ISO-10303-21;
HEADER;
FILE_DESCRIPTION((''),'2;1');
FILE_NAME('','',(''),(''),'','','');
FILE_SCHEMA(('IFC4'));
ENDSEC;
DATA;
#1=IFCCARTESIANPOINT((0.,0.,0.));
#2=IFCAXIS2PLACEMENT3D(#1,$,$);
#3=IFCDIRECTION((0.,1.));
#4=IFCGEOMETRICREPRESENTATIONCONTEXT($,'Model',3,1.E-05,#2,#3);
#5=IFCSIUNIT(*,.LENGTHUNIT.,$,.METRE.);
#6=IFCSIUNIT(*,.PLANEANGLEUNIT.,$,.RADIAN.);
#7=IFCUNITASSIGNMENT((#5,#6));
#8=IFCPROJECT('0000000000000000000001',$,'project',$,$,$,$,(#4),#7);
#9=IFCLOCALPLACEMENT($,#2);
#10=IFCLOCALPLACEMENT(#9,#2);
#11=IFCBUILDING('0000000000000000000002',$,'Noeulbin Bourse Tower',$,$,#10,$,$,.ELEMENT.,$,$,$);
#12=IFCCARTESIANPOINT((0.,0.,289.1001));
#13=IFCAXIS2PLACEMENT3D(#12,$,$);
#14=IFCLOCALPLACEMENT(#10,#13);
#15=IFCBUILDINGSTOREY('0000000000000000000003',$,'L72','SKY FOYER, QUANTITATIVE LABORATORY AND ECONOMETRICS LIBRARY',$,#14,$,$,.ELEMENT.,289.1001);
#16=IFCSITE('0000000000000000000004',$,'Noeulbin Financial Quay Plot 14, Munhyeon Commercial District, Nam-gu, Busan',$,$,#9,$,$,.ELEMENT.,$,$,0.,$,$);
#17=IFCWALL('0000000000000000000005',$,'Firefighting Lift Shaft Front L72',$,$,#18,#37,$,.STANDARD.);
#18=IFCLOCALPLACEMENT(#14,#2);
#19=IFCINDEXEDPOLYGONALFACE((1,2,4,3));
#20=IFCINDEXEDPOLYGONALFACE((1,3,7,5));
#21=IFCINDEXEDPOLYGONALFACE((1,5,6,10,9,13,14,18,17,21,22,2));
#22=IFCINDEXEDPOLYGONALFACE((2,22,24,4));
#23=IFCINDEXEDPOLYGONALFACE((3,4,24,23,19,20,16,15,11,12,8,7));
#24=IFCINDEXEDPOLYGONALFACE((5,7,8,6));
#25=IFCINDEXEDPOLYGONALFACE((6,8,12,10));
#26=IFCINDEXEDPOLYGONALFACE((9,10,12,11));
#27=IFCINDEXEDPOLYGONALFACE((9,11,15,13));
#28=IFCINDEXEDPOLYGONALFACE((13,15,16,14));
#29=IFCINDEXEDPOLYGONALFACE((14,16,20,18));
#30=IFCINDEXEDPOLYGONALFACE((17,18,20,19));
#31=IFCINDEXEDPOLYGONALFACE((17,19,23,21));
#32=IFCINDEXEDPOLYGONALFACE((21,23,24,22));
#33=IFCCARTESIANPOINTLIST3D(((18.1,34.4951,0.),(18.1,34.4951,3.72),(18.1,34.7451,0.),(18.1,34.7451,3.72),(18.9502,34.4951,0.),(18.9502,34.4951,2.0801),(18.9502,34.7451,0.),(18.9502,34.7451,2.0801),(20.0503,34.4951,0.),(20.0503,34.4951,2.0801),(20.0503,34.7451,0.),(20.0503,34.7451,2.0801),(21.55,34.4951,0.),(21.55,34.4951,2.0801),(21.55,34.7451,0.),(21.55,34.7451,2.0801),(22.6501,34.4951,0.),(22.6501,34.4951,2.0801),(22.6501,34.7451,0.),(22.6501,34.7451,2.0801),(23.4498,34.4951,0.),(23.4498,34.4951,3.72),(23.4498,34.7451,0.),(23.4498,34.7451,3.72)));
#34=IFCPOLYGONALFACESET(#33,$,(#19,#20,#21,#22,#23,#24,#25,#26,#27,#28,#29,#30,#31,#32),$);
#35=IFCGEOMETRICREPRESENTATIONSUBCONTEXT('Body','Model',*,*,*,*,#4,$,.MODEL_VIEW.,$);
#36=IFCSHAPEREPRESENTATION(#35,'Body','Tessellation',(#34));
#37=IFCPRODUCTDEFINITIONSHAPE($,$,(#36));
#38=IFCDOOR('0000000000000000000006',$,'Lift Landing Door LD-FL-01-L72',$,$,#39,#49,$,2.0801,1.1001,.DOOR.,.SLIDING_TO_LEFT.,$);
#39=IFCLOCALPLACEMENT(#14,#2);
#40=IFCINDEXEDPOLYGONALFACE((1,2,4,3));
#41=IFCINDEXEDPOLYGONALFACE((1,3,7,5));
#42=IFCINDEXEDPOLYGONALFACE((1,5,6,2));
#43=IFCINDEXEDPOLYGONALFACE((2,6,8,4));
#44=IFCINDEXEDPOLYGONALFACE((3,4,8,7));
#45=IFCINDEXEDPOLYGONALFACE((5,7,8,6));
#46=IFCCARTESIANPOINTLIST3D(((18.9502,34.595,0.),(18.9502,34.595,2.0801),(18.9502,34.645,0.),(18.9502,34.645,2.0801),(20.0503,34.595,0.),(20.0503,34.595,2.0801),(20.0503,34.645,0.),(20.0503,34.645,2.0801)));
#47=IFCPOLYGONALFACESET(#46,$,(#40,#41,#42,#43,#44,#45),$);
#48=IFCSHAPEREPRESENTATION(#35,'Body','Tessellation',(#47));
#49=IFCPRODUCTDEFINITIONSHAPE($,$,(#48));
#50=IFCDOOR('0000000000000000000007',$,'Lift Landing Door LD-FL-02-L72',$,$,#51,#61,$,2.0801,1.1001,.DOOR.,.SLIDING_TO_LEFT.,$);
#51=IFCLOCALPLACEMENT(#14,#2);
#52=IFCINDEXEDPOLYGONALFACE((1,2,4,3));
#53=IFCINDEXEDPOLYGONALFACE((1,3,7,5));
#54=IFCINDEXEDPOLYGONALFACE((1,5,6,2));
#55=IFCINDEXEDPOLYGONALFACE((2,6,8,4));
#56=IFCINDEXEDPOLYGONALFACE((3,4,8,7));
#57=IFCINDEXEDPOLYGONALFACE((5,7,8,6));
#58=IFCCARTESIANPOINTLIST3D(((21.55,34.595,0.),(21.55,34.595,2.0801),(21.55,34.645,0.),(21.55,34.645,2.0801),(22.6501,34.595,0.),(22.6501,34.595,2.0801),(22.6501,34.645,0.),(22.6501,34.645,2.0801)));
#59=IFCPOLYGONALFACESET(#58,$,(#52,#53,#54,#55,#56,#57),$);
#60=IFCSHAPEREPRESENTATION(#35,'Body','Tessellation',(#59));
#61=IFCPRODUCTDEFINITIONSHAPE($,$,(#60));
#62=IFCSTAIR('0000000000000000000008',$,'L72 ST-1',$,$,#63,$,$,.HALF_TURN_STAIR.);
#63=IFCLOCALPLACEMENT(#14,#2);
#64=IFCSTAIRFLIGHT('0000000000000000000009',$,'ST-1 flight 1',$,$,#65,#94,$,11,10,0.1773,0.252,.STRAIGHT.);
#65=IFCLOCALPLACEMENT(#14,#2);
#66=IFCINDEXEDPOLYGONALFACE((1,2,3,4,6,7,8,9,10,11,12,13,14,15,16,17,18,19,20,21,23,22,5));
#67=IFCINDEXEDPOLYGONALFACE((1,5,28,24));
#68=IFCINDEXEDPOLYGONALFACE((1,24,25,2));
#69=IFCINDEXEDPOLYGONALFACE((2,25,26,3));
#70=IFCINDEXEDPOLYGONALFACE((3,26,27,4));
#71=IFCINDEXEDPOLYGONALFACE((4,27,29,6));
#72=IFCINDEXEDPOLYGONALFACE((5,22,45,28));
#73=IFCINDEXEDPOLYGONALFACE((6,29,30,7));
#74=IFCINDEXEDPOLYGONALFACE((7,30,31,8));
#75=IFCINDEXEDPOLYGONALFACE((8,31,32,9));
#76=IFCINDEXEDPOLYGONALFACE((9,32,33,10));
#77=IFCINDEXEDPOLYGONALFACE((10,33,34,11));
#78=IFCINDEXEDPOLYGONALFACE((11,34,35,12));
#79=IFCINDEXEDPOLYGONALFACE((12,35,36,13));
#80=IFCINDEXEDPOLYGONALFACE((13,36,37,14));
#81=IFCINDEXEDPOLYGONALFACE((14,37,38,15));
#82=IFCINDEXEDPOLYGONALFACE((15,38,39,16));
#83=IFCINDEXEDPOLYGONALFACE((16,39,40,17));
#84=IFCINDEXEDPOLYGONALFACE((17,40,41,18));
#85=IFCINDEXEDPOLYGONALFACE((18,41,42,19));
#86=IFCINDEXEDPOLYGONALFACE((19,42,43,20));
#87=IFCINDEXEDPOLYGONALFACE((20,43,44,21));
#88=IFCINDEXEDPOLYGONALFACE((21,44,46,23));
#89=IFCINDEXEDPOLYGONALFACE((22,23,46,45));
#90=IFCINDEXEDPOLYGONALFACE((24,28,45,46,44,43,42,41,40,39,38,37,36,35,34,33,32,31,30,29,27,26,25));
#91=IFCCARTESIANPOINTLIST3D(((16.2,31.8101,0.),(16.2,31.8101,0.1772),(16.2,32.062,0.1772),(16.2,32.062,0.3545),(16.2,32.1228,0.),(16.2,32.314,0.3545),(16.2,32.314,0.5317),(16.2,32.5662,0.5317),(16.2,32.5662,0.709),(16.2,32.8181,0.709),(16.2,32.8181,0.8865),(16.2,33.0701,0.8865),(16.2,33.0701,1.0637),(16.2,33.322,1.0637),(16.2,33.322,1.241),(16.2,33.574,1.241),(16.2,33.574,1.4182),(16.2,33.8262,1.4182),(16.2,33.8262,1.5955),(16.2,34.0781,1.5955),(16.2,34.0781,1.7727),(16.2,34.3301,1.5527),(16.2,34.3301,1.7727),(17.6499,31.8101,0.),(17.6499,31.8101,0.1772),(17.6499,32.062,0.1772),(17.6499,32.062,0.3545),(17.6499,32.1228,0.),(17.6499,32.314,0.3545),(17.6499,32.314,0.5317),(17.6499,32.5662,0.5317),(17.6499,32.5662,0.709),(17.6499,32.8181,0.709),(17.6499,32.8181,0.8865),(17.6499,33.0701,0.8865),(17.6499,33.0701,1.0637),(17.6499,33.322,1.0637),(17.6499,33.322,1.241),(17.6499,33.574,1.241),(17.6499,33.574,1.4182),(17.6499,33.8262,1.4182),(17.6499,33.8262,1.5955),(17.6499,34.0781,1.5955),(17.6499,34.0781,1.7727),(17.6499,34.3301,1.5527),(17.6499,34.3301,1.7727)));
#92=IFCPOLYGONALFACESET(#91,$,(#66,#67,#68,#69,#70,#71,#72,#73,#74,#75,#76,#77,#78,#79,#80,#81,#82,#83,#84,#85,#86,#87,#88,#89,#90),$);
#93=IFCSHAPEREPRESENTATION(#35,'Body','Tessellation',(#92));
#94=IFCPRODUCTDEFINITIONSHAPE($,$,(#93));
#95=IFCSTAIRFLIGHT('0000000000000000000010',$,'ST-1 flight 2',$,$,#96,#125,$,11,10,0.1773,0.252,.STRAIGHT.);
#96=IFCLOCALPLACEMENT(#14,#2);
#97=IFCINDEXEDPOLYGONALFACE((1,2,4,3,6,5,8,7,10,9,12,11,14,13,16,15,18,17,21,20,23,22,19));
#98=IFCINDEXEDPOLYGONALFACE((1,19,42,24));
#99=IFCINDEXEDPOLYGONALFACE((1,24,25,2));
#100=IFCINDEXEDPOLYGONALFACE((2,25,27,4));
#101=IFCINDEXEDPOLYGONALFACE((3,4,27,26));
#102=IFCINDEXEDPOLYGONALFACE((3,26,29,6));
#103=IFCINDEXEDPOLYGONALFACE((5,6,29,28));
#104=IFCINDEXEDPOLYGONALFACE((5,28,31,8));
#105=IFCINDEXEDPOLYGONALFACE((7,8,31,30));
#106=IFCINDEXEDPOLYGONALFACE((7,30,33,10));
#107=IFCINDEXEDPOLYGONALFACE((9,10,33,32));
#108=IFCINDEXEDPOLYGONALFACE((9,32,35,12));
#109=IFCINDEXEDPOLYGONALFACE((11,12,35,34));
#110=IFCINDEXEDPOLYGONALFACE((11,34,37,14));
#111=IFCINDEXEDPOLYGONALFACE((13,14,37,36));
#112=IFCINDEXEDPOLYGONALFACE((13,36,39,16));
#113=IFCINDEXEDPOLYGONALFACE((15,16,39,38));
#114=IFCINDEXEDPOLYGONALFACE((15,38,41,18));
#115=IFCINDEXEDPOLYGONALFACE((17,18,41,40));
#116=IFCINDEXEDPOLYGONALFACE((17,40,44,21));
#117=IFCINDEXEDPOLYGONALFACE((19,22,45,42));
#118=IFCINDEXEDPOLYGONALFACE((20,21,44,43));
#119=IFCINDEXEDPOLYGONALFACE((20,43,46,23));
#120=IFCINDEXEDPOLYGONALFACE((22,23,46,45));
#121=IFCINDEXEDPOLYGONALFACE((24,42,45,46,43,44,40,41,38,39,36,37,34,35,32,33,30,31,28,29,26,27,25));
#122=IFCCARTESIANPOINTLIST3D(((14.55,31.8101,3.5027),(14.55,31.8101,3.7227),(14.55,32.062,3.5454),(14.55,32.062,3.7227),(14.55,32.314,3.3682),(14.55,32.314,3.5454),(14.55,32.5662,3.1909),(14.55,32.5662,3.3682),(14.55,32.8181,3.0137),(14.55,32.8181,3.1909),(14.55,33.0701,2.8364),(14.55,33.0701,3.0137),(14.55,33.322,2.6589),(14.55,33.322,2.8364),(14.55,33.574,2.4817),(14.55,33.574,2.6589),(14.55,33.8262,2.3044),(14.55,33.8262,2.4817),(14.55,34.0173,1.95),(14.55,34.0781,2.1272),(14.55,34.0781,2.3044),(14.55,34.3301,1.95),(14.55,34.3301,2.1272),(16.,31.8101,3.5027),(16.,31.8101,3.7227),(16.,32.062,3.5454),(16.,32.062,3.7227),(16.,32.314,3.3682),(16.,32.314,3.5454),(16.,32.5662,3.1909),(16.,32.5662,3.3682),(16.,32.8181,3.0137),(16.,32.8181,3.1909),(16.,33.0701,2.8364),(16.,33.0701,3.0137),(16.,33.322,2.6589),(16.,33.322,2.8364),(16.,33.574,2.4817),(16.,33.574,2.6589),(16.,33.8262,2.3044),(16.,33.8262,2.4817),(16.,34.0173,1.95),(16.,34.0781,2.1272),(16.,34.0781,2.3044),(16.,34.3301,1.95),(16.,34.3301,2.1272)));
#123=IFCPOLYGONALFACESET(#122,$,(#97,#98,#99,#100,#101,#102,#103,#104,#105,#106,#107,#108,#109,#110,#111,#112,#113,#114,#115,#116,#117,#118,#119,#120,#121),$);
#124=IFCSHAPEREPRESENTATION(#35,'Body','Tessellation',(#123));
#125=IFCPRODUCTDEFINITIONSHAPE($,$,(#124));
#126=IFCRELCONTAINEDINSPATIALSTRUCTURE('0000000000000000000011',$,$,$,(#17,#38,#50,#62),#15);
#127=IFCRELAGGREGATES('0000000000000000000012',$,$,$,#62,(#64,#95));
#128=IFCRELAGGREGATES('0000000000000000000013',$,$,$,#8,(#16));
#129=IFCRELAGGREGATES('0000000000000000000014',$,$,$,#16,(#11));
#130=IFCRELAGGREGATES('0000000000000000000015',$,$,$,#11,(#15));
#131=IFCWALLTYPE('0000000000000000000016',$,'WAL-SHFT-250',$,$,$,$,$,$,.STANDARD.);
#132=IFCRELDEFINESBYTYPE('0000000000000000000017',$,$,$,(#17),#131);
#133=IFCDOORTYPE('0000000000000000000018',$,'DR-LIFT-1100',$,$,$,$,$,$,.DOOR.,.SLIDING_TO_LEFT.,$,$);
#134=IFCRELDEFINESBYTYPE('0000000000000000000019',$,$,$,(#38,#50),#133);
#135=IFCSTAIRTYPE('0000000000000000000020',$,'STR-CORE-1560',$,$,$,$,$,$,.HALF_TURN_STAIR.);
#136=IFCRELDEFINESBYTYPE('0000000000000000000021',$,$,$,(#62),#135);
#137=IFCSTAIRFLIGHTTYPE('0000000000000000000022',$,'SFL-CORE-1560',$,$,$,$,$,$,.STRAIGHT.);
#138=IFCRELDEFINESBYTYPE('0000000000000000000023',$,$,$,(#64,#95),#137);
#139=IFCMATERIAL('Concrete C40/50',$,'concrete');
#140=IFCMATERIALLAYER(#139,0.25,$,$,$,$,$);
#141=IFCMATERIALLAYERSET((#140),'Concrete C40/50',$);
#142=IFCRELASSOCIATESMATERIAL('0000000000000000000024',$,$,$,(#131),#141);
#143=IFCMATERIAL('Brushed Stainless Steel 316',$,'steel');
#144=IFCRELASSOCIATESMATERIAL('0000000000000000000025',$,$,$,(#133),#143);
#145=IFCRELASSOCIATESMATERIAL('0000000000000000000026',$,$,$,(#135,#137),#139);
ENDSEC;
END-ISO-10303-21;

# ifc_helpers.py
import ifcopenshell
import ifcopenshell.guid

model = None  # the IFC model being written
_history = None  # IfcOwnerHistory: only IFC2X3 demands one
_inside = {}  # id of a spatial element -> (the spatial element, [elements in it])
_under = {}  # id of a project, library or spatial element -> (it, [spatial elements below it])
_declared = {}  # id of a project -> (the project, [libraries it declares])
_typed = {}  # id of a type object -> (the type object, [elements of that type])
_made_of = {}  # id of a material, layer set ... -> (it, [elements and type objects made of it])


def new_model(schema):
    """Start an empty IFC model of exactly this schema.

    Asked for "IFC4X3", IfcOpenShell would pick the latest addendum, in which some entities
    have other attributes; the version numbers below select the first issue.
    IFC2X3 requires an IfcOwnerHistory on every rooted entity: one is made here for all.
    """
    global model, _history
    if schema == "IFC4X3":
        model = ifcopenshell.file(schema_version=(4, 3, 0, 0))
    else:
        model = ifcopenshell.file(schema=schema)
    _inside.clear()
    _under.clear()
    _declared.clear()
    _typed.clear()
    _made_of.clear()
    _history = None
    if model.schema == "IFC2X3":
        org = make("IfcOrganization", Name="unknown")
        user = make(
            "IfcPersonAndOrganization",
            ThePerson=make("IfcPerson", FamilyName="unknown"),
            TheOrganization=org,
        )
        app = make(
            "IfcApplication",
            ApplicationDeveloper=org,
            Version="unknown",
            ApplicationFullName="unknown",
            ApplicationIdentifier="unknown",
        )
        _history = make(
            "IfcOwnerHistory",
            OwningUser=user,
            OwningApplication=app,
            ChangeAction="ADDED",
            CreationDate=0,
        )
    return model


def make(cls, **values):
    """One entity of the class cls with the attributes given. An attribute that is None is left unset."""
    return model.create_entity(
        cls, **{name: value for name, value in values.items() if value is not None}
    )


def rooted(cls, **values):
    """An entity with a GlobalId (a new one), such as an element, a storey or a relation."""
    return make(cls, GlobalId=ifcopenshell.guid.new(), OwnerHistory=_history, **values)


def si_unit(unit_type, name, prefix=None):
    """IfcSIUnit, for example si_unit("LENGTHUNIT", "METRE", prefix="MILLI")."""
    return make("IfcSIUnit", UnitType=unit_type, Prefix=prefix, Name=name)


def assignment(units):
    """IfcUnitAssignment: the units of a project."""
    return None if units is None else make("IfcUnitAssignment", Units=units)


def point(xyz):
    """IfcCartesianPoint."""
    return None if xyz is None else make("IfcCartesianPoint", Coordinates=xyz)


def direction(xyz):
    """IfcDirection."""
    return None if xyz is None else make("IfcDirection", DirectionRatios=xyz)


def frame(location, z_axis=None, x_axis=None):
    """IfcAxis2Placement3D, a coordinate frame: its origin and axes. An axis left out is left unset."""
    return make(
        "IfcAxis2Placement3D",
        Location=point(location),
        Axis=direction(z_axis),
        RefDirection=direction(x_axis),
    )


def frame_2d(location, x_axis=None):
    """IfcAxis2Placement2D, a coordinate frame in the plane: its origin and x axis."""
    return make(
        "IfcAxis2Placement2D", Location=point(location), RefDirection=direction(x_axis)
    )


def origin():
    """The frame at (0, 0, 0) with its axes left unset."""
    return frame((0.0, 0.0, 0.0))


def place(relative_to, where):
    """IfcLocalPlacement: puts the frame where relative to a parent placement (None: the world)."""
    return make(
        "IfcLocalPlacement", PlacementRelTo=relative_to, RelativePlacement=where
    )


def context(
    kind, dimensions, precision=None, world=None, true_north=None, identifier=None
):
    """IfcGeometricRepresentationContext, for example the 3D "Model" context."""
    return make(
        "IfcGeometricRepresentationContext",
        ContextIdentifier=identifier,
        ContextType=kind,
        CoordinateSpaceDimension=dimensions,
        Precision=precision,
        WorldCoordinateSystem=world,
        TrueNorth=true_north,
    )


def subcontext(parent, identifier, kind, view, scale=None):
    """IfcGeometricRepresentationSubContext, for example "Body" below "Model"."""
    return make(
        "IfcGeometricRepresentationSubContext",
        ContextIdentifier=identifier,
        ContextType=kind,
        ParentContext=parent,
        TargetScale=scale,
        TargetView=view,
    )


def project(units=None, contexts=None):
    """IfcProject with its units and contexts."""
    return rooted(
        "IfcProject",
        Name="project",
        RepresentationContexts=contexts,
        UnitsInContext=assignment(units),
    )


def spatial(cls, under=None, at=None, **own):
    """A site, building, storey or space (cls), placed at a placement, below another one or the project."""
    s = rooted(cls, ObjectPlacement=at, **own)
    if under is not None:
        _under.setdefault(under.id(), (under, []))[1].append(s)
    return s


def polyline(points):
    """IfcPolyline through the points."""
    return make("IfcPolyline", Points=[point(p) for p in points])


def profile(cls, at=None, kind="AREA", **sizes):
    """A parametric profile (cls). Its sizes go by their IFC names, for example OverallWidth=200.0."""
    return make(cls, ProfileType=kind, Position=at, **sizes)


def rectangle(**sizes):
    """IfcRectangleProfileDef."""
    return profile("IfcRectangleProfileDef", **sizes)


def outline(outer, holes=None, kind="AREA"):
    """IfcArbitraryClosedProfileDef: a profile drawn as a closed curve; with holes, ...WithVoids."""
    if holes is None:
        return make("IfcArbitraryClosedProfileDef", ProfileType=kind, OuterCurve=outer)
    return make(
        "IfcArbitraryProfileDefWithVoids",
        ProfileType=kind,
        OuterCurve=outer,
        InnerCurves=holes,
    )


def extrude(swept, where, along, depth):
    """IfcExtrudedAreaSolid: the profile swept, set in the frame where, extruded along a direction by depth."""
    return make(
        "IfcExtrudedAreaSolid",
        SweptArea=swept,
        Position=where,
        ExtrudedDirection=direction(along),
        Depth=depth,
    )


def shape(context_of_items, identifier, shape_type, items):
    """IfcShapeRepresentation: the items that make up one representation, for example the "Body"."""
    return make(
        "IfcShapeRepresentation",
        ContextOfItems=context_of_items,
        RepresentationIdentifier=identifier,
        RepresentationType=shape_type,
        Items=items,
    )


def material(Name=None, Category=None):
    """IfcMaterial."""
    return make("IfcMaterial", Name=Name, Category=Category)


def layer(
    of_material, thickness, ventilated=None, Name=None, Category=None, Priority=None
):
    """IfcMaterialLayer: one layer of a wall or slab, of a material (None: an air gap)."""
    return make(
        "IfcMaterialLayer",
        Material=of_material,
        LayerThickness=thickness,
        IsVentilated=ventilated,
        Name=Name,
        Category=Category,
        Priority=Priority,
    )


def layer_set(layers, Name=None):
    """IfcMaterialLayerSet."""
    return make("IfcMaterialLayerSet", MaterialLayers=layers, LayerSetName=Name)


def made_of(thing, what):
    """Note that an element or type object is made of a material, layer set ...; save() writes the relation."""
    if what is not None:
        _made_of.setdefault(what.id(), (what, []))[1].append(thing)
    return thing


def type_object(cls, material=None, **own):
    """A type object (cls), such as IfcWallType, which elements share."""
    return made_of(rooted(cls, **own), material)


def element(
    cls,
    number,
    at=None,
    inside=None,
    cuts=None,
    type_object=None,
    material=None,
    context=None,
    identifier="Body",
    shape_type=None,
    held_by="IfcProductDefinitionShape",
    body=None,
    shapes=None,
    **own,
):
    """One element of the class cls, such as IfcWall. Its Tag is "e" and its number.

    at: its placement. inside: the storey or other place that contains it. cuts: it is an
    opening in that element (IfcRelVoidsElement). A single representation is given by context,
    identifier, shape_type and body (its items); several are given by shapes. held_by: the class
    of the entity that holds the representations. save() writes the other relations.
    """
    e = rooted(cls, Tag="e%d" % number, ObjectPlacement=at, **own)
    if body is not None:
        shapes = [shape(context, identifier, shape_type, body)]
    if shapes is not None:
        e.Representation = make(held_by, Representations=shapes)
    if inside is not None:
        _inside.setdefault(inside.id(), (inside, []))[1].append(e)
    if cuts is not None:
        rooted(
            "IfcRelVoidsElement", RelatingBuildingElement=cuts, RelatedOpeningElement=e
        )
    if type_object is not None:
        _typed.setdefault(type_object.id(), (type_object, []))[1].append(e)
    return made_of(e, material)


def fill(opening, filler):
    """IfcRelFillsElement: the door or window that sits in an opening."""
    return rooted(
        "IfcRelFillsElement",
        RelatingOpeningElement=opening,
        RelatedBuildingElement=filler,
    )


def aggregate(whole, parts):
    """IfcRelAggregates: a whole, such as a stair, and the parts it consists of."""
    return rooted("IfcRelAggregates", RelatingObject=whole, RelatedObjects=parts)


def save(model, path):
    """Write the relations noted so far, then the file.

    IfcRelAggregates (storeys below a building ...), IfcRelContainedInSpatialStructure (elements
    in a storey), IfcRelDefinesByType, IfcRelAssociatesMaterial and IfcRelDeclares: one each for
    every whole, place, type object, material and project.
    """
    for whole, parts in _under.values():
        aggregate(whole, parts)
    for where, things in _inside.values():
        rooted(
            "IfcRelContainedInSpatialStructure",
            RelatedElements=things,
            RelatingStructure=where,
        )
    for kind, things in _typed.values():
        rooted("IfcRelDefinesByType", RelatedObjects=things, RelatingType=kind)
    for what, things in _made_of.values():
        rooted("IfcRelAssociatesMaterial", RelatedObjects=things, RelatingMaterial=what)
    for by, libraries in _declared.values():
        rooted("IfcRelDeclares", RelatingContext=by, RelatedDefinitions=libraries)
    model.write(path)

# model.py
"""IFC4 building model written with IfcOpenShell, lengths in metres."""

from ifc_helpers import new_model, si_unit, direction, frame, frame_2d, origin, place, context, subcontext, project, spatial, polyline, rectangle, outline, extrude, material, layer, layer_set, type_object, element, fill, aggregate, save


model = new_model("IFC4")

# Units and contexts
model_context = context("Model", 3, precision=1e-05, world=origin(), true_north=direction((0.0, 1.0)))
body_context = subcontext(model_context, "Body", "Model", "MODEL_VIEW")
ifc_project = project(units=[si_unit("LENGTHUNIT", "METRE"), si_unit("PLANEANGLEUNIT", "RADIAN")], contexts=[model_context])

# Site, building, storey
site_placement = place(None, origin())
site = spatial("IfcSite", under=ifc_project, at=site_placement, Name="Noeulbin Financial Quay Plot 14, Munhyeon Commercial District, Nam-gu, Busan", CompositionType="ELEMENT", RefElevation=0.0)
building_placement = place(site_placement, origin())
building = spatial("IfcBuilding", under=site, at=building_placement, Name="Noeulbin Bourse Tower", CompositionType="ELEMENT")
storey_placement = place(building_placement, frame((0.0, 0.0, 289.1001)))
storey = spatial("IfcBuildingStorey", under=building, at=storey_placement, Name="L72", Description="SKY FOYER, QUANTITATIVE LABORATORY AND ECONOMETRICS LIBRARY", CompositionType="ELEMENT", Elevation=289.1001)

# Shared definitions
ifc_material_1 = material(Name="Concrete C40/50", Category="concrete")

# Shared definitions
ifc_layer_1 = layer(ifc_material_1, 0.25)
ifc_layer_set_1 = layer_set([ifc_layer_1], Name="Concrete C40/50")
wall_type_1 = type_object("IfcWallType", Name="WAL-SHFT-250", PredefinedType="STANDARD", material=ifc_layer_set_1)

# Wall, openings, doors
wall_1_placement = place(storey_placement, frame((18.1001, 34.6201, 0.0), z_axis=(0.0, 0.0, 1.0), x_axis=(1.0, 0.0, 0.0)))
wall_1 = element("IfcWall", 1, at=wall_1_placement, inside=storey, type_object=wall_type_1, Name="Firefighting Lift Shaft Front L72", PredefinedType="STANDARD", context=body_context, shape_type="SweptSolid", body=[
    extrude(rectangle(XDim=5.3499, YDim=0.25, at=frame_2d((2.6748, 0.0))), origin(), (0.0, 0.0, 1.0), 3.72),
])
opening_1_placement = place(wall_1_placement, frame((0.8501, 0.0, 0.0)))
opening_1 = element("IfcOpeningElement", 2, at=opening_1_placement, cuts=wall_1, PredefinedType="OPENING", context=body_context, shape_type="SweptSolid", body=[
    extrude(rectangle(XDim=1.1001, YDim=2.0801, at=frame_2d((0.55, 1.04))), frame((0.0, 0.135, 0.0), z_axis=(0.0, -1.0, 0.0), x_axis=(1.0, 0.0, 0.0)), (0.0, 0.0, 1.0), 0.27),
])
opening_2_placement = place(wall_1_placement, frame((3.45, 0.0, 0.0)))
opening_2 = element("IfcOpeningElement", 3, at=opening_2_placement, cuts=wall_1, PredefinedType="OPENING", context=body_context, shape_type="SweptSolid", body=[
    extrude(rectangle(XDim=1.1001, YDim=2.0801, at=frame_2d((0.55, 1.04))), frame((0.0, 0.135, 0.0), z_axis=(0.0, -1.0, 0.0), x_axis=(1.0, 0.0, 0.0)), (0.0, 0.0, 1.0), 0.27),
])
ifc_material_2 = material(Name="Brushed Stainless Steel 316", Category="steel")
door_type_1 = type_object("IfcDoorType", Name="DR-LIFT-1100", OperationType="SLIDING_TO_LEFT", PredefinedType="DOOR", material=ifc_material_2)
door_1_placement = place(opening_1_placement, origin())
door_1 = element("IfcDoor", 4, at=door_1_placement, inside=storey, type_object=door_type_1, Name="Lift Landing Door LD-FL-01-L72", OperationType="SLIDING_TO_LEFT", OverallHeight=2.0801, OverallWidth=1.1001, PredefinedType="DOOR", context=body_context, shape_type="SweptSolid", body=[
    extrude(rectangle(XDim=1.1001, YDim=2.0801, at=frame_2d((0.55, 1.04))), frame((0.0, 0.0249, 0.0), z_axis=(0.0, -1.0, 0.0), x_axis=(1.0, 0.0, 0.0)), (0.0, 0.0, 1.0), 0.05),
])
fill(opening_1, door_1)
door_2_placement = place(opening_2_placement, origin())
door_2 = element("IfcDoor", 5, at=door_2_placement, inside=storey, type_object=door_type_1, Name="Lift Landing Door LD-FL-02-L72", OperationType="SLIDING_TO_LEFT", OverallHeight=2.0801, OverallWidth=1.1001, PredefinedType="DOOR", context=body_context, shape_type="SweptSolid", body=[
    extrude(rectangle(XDim=1.1001, YDim=2.0801, at=frame_2d((0.55, 1.04))), frame((0.0, 0.0249, 0.0), z_axis=(0.0, -1.0, 0.0), x_axis=(1.0, 0.0, 0.0)), (0.0, 0.0, 1.0), 0.05),
])
fill(opening_2, door_2)

# Stair, stair flights
stair_type = type_object("IfcStairType", Name="STR-CORE-1560", PredefinedType="HALF_TURN_STAIR", material=ifc_material_1)
stair_placement = place(storey_placement, origin())
stair = element("IfcStair", 6, at=stair_placement, inside=storey, type_object=stair_type, Name="L72 ST-1", PredefinedType="HALF_TURN_STAIR")
stair_flight_type = type_object("IfcStairFlightType", Name="SFL-CORE-1560", PredefinedType="STRAIGHT", material=ifc_material_1)
stair_flight_1_placement = place(storey_placement, frame((16.925, 31.8101, 0.0), z_axis=(0.0, 0.0, 1.0), x_axis=(0.0, 1.0, 0.0)))
stair_flight_1 = element("IfcStairFlight", 7, at=stair_flight_1_placement, type_object=stair_flight_type, Name="ST-1 flight 1", NumberOfRisers=11, NumberOfTreads=10, PredefinedType="STRAIGHT", RiserHeight=0.1773, TreadLength=0.252, context=body_context, shape_type="SweptSolid", body=[
    extrude(outline(polyline([(0.0, 0.0), (0.0, 0.1772), (0.252, 0.1772), (0.252, 0.3545), (0.5039, 0.3545), (0.5039, 0.5317), (0.7561, 0.5317), (0.7561, 0.709), (1.0081, 0.709), (1.0081, 0.8865), (1.26, 0.8865), (1.26, 1.0637), (1.512, 1.0637), (1.512, 1.241), (1.7639, 1.241), (1.7639, 1.4182), (2.0161, 1.4182), (2.0161, 1.5955), (2.2681, 1.5955), (2.2681, 1.7727), (2.52, 1.7727), (2.52, 1.95), (2.52, 1.5527), (0.3127, 0.0), (0.0, 0.0)])), frame((0.0, 0.7251, 0.0), z_axis=(0.0, -1.0, 0.0), x_axis=(1.0, 0.0, 0.0)), (0.0, 0.0, 1.0), 1.45),
])
stair_flight_2_placement = place(storey_placement, frame((15.2749, 34.3301, 1.95), z_axis=(0.0, 0.0, 1.0), x_axis=(0.0, -1.0, 0.0)))
stair_flight_2 = element("IfcStairFlight", 8, at=stair_flight_2_placement, type_object=stair_flight_type, Name="ST-1 flight 2", NumberOfRisers=11, NumberOfTreads=10, PredefinedType="STRAIGHT", RiserHeight=0.1773, TreadLength=0.252, context=body_context, shape_type="SweptSolid", body=[
    extrude(outline(polyline([(0.0, 0.0), (0.0, 0.1772), (0.252, 0.1772), (0.252, 0.3545), (0.5039, 0.3545), (0.5039, 0.5317), (0.7561, 0.5317), (0.7561, 0.709), (1.0081, 0.709), (1.0081, 0.8865), (1.26, 0.8865), (1.26, 1.0637), (1.512, 1.0637), (1.512, 1.241), (1.7639, 1.241), (1.7639, 1.4182), (2.0161, 1.4182), (2.0161, 1.5955), (2.2681, 1.5955), (2.2681, 1.7727), (2.52, 1.7727), (2.52, 1.95), (2.52, 1.5527), (0.3127, 0.0), (0.0, 0.0)])), frame((0.0, 0.7251, 0.0), z_axis=(0.0, -1.0, 0.0), x_axis=(1.0, 0.0, 0.0)), (0.0, 0.0, 1.0), 1.45),
])
aggregate(stair, [stair_flight_1, stair_flight_2])

save(model, "model.ifc")
